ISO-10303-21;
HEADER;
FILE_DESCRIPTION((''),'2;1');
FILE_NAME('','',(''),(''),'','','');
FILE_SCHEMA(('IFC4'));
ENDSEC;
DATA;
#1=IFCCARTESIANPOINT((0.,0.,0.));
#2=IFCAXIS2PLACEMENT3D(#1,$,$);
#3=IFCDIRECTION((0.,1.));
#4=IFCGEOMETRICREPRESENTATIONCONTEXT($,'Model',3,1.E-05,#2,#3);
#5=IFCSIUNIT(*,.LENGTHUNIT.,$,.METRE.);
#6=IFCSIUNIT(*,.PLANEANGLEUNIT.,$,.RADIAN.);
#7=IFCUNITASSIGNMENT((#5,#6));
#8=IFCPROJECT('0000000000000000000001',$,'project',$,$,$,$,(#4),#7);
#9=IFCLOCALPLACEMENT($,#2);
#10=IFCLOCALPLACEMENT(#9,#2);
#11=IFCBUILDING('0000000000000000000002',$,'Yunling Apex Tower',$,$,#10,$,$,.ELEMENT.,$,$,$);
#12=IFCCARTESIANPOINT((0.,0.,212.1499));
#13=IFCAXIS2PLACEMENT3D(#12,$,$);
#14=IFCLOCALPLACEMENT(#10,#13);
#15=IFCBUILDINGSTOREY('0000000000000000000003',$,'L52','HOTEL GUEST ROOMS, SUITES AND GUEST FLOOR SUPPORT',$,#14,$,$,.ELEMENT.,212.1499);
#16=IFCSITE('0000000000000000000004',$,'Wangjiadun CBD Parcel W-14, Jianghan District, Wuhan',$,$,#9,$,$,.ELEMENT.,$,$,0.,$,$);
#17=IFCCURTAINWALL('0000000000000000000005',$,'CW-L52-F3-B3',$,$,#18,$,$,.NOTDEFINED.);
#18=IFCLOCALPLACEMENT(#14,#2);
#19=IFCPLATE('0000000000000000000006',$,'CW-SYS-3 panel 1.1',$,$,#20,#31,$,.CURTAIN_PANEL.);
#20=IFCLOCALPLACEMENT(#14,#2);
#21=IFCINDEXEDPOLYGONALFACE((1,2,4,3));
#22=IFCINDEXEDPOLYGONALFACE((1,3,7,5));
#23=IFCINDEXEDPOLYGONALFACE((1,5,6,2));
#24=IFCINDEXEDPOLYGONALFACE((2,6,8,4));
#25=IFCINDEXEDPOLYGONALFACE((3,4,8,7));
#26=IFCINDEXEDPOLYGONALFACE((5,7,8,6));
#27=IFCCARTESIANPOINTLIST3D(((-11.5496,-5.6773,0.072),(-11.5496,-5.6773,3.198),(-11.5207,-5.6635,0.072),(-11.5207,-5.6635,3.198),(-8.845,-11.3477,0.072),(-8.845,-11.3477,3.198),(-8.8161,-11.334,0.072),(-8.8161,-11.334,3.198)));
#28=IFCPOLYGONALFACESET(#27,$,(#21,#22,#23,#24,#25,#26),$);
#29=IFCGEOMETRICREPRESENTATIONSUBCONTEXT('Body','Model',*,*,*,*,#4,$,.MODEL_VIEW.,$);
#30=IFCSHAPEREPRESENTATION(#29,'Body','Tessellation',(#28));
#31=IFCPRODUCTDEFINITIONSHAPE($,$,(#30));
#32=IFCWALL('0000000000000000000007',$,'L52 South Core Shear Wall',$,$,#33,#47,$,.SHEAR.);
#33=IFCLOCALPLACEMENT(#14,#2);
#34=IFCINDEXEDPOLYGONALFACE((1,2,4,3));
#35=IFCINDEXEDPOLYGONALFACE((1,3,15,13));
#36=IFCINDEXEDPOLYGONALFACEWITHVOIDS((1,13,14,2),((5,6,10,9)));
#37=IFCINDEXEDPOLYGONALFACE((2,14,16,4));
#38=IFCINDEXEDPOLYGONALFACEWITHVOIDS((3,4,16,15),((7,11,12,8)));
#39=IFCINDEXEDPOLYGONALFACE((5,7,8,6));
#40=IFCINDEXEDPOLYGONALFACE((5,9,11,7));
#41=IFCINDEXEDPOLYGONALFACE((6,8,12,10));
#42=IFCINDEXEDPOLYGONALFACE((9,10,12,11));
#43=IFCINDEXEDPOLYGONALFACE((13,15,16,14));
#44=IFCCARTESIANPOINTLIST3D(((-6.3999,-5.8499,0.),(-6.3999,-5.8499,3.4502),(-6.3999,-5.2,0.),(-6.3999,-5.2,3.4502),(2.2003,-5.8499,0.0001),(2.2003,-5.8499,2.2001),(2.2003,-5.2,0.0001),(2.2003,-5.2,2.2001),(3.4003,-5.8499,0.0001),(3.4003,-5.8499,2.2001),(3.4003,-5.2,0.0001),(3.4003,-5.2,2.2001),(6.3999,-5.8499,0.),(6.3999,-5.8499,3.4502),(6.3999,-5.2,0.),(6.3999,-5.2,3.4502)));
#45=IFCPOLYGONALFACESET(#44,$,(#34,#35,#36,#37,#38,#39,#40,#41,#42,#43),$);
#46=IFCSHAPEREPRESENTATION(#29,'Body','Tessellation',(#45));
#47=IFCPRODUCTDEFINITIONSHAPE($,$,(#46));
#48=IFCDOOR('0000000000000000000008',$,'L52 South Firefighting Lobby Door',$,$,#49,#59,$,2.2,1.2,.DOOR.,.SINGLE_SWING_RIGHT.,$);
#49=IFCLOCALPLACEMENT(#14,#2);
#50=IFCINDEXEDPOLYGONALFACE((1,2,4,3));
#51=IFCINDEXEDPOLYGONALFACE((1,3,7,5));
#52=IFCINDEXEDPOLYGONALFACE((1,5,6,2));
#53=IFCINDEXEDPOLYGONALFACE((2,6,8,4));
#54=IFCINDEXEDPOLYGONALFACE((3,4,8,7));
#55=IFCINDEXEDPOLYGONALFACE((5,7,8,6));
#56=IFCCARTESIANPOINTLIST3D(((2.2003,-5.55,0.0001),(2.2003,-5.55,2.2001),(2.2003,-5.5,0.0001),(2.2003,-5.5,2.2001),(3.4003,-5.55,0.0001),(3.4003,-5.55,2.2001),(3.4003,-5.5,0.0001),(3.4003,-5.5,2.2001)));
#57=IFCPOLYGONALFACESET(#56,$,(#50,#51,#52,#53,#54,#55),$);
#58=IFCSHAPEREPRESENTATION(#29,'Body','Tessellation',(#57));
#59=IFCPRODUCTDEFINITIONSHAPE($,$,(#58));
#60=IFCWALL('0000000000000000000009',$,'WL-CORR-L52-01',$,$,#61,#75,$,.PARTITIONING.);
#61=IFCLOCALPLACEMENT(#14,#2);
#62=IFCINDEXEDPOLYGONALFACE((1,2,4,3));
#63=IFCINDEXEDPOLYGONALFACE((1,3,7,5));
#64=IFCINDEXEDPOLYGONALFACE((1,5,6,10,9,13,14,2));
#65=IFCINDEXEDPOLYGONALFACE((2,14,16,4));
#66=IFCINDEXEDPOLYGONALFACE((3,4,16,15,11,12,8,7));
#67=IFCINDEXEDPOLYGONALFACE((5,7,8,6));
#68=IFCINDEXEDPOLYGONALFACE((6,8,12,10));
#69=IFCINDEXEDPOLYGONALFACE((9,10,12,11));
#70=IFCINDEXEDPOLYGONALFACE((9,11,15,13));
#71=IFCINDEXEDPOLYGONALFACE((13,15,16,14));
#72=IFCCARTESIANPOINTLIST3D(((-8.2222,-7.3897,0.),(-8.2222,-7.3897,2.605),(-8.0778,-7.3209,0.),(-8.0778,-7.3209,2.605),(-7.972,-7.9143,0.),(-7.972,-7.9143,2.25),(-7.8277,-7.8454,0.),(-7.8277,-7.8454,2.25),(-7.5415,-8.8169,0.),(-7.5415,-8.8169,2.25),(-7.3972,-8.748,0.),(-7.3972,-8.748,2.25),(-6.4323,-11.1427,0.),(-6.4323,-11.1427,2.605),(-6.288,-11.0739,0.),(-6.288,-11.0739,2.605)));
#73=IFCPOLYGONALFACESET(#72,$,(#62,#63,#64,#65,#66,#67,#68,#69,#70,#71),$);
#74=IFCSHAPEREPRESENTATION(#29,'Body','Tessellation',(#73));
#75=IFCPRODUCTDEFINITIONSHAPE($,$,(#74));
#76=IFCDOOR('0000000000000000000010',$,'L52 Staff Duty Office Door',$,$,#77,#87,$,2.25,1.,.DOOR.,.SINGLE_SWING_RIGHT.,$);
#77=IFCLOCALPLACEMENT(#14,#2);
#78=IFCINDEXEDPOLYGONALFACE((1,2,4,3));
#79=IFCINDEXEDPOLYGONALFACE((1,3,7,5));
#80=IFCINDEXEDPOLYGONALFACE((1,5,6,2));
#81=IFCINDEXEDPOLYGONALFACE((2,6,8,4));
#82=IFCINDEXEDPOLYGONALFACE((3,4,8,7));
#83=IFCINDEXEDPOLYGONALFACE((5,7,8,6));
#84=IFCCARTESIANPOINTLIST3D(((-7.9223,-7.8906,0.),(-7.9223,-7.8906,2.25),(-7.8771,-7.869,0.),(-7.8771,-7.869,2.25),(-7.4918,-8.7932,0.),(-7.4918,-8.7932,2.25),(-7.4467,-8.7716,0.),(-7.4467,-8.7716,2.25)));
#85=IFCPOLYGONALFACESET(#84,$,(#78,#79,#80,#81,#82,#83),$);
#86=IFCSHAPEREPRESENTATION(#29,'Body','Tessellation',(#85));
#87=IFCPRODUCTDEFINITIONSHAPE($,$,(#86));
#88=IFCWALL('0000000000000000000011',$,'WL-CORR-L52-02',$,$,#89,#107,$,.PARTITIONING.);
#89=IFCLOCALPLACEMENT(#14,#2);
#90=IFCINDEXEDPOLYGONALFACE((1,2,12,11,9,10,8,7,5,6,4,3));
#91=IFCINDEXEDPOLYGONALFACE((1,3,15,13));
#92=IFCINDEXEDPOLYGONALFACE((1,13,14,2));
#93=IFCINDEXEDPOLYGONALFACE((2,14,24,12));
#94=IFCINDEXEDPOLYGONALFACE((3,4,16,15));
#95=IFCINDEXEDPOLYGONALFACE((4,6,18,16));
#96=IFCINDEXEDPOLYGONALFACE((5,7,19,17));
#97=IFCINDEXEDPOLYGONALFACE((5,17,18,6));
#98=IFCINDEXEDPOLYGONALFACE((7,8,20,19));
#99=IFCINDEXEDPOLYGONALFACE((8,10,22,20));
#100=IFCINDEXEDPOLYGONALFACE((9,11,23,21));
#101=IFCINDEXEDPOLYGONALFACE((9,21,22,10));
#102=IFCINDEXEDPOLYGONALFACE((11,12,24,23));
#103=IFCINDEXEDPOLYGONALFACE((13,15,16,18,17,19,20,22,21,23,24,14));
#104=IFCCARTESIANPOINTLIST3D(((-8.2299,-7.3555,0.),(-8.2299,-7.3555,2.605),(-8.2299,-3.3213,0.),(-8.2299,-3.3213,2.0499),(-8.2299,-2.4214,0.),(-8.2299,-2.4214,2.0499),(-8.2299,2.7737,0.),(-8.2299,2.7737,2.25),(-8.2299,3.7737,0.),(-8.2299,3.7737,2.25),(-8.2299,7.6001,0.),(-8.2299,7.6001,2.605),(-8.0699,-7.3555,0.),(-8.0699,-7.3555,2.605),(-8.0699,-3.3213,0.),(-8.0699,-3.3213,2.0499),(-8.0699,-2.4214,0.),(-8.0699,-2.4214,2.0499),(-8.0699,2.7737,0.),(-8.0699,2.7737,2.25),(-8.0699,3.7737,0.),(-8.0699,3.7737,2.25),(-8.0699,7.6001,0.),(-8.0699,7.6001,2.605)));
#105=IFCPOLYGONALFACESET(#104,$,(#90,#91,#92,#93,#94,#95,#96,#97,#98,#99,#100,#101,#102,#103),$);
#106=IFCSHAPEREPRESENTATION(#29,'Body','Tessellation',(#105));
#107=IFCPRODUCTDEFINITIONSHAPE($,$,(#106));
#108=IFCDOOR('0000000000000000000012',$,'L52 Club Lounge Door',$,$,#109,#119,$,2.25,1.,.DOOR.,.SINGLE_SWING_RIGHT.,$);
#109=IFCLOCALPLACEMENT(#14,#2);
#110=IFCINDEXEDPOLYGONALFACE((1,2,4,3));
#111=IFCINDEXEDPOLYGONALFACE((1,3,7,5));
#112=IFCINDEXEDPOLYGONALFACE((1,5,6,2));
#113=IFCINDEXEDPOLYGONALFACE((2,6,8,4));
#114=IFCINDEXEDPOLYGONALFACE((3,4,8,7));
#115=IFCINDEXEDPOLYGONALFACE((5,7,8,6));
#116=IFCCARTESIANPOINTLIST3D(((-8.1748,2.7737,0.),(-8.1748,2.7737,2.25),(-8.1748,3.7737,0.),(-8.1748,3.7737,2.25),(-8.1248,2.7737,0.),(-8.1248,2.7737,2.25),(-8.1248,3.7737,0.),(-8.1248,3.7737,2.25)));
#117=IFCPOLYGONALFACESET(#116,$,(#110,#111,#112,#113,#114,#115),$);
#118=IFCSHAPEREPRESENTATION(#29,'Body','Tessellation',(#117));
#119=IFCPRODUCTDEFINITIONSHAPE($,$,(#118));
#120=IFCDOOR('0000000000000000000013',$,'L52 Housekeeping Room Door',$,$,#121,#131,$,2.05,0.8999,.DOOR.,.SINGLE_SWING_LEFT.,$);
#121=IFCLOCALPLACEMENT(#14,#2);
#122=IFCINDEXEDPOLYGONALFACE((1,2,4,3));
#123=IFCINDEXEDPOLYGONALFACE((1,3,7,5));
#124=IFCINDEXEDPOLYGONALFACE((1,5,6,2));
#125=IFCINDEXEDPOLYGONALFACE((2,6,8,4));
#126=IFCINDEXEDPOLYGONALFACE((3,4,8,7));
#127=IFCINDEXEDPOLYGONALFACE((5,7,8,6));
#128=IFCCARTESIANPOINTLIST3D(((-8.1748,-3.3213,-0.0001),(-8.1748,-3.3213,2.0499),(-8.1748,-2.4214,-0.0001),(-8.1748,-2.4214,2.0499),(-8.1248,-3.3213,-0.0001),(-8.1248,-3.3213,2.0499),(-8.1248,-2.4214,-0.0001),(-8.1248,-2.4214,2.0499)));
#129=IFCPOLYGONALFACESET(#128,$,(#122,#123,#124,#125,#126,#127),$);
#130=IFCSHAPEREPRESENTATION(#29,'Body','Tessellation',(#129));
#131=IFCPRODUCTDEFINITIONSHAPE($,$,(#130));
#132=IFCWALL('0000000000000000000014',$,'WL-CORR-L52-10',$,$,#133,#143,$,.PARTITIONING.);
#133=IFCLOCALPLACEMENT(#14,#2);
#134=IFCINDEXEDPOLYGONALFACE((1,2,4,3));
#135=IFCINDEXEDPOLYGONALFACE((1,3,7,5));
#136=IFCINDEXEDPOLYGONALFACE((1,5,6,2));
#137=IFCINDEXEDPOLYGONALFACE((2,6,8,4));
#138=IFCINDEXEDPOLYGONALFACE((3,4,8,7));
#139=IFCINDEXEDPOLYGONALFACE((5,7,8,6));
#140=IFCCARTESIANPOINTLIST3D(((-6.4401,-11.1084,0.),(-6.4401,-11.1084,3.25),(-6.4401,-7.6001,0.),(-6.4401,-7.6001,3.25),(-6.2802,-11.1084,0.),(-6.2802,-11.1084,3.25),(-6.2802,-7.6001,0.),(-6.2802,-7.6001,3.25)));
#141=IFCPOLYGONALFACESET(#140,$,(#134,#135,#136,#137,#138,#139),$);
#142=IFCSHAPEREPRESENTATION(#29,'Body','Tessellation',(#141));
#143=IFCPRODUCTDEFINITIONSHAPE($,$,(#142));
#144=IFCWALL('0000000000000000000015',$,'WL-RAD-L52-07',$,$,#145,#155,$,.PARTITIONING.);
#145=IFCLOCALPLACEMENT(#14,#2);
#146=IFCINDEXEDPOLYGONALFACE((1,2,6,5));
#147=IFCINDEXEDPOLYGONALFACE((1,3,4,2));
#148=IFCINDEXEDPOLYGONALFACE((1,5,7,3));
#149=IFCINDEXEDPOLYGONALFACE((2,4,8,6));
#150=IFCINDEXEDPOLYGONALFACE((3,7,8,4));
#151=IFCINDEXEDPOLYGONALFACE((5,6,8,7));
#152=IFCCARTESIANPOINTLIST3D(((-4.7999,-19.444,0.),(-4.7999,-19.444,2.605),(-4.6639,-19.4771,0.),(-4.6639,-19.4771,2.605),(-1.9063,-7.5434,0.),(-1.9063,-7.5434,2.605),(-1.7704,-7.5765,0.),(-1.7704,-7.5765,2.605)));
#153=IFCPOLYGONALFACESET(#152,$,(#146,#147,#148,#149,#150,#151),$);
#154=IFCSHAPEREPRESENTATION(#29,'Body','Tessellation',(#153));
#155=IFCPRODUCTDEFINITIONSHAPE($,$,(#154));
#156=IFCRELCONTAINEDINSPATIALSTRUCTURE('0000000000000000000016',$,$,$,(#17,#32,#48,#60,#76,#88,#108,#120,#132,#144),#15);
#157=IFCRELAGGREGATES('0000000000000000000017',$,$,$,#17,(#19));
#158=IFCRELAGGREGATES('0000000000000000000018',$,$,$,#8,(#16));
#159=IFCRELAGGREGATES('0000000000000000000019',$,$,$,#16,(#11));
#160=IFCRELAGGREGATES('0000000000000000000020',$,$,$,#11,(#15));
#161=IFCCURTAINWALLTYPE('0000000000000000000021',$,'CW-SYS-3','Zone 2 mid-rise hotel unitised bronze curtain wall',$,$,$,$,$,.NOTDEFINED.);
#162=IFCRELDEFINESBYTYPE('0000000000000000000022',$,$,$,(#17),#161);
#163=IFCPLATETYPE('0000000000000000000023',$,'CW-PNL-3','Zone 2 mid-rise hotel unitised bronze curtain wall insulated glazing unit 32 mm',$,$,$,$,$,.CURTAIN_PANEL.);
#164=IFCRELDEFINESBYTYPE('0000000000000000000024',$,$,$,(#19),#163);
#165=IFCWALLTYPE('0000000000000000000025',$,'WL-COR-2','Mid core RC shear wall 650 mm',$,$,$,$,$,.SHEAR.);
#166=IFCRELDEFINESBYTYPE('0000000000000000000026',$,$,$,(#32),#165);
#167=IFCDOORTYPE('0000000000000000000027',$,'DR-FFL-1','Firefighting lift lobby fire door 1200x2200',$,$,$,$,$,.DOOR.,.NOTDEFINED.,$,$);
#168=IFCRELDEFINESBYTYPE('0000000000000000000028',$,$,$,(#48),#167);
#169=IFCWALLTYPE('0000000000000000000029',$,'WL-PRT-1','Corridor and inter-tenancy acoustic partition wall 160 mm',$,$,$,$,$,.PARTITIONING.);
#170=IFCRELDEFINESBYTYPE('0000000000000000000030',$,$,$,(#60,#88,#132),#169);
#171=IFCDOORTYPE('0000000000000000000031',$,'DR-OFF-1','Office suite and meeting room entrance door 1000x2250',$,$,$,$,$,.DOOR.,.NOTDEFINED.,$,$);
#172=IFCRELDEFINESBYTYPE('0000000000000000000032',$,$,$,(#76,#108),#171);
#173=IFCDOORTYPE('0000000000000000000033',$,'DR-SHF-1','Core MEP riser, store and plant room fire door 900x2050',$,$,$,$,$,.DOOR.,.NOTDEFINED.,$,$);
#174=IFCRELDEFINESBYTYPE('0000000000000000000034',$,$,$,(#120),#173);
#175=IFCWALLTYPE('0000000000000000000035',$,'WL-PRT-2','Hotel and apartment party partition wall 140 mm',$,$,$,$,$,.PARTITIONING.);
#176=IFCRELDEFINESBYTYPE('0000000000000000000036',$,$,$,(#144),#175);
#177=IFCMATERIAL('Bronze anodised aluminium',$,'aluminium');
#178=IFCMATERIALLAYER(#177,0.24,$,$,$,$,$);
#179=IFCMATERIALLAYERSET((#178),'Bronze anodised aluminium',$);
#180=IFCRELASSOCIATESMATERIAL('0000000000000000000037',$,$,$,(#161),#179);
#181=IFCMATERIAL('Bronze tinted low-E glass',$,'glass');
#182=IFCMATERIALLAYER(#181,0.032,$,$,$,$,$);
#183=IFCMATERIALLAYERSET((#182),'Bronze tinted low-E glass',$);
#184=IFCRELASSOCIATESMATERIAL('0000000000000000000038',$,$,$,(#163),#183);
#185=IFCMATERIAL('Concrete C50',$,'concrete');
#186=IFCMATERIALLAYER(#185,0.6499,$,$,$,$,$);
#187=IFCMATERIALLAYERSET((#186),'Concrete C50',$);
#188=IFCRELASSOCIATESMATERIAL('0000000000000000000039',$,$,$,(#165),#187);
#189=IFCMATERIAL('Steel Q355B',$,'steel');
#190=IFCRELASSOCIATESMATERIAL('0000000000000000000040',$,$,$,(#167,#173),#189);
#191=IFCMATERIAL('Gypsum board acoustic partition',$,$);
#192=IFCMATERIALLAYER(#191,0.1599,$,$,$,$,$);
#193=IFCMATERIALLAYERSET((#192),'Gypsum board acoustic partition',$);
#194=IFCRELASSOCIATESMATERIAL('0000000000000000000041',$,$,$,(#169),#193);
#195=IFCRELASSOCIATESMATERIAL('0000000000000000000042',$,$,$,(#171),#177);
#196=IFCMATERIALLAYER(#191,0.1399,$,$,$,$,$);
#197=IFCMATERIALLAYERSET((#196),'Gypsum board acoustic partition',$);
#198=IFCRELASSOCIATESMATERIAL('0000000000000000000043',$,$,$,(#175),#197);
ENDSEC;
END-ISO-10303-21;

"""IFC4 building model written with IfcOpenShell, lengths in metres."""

from ifc_helpers import new_model, si_unit, direction, frame, frame_2d, origin, origin_2d, place, context, subcontext, project, spatial, rectangle, extrude, source, transform, mapped, material, layer, layer_set, type_object, element, fill, aggregate, save


model = new_model("IFC4")

# Units and contexts
model_context = context("Model", 3, precision=1e-05, world=origin(), true_north=direction((0.0, 1.0)))
body_context = subcontext(model_context, "Body", "Model", "MODEL_VIEW")
ifc_project = project(units=[si_unit("LENGTHUNIT", "METRE"), si_unit("PLANEANGLEUNIT", "RADIAN")], contexts=[model_context])

# Site, building, storey
site_placement = place(None, origin())
site = spatial("IfcSite", under=ifc_project, at=site_placement, Name="Wangjiadun CBD Parcel W-14, Jianghan District, Wuhan", CompositionType="ELEMENT", RefElevation=0.0)
building_placement = place(site_placement, origin())
building = spatial("IfcBuilding", under=site, at=building_placement, Name="Yunling Apex Tower", CompositionType="ELEMENT")
storey_placement = place(building_placement, frame((0.0, 0.0, 212.1499)))
storey = spatial("IfcBuildingStorey", under=building, at=storey_placement, Name="L52", Description="HOTEL GUEST ROOMS, SUITES AND GUEST FLOOR SUPPORT", CompositionType="ELEMENT", Elevation=212.1499)

# Shared definitions
ifc_material_1 = material(Name="Steel Q355B", Category="steel")

# Curtain wall
ifc_material_2 = material(Name="Bronze anodised aluminium", Category="aluminium")
ifc_layer_1 = layer(ifc_material_2, 0.24)
ifc_layer_set_1 = layer_set([ifc_layer_1], Name="Bronze anodised aluminium")
curtain_wall_type = type_object("IfcCurtainWallType", Name="CW-SYS-3", Description="Zone 2 mid-rise hotel unitised bronze curtain wall", PredefinedType="NOTDEFINED", material=ifc_layer_set_1)
curtain_wall_1_placement = place(storey_placement, origin())
curtain_wall_1 = element("IfcCurtainWall", 1, at=curtain_wall_1_placement, inside=storey, type_object=curtain_wall_type, Name="CW-L52-F3-B3", PredefinedType="NOTDEFINED")

# Plate
ifc_material_3 = material(Name="Bronze tinted low-E glass", Category="glass")
ifc_layer_2 = layer(ifc_material_3, 0.032)
ifc_layer_set_2 = layer_set([ifc_layer_2], Name="Bronze tinted low-E glass")
plate_type = type_object("IfcPlateType", Name="CW-PNL-3", Description="Zone 2 mid-rise hotel unitised bronze curtain wall insulated glazing unit 32 mm", PredefinedType="CURTAIN_PANEL", material=ifc_layer_set_2)
shared_shape_1 = source(origin(), body_context, "Body", "SweptSolid", [
    extrude(rectangle(XDim=6.2825, YDim=0.032, at=origin_2d()), origin(), (0.0, 0.0, 1.0), 3.126),
])
plate_placement = place(storey_placement, frame((-10.1829, -8.5056, 0.072), z_axis=(0.0, 0.0, 1.0), x_axis=(0.430505, -0.902588, 0.0)))
plate = element("IfcPlate", 2, at=plate_placement, type_object=plate_type, Name="CW-SYS-3 panel 1.1", PredefinedType="CURTAIN_PANEL", context=body_context, shape_type="MappedRepresentation", body=[
    mapped(shared_shape_1, transform((0.0, 0.0, 0.0), scale=1.0)),
])
aggregate(curtain_wall_1, [plate])

# Walls, openings, doors
ifc_material_4 = material(Name="Concrete C50", Category="concrete")
ifc_layer_3 = layer(ifc_material_4, 0.6499)
ifc_layer_set_3 = layer_set([ifc_layer_3], Name="Concrete C50")
wall_type_1 = type_object("IfcWallType", Name="WL-COR-2", Description="Mid core RC shear wall 650 mm", PredefinedType="SHEAR", material=ifc_layer_set_3)
wall_1_placement = place(storey_placement, frame((-6.3999, -5.5249, 0.0), z_axis=(0.0, 0.0, 1.0), x_axis=(1.0, 0.0, 0.0)))
wall_1 = element("IfcWall", 3, at=wall_1_placement, inside=storey, type_object=wall_type_1, Name="L52 South Core Shear Wall", PredefinedType="SHEAR", context=body_context, shape_type="SweptSolid", body=[
    extrude(rectangle(XDim=12.7998, YDim=0.6499, at=frame_2d((6.3999, 0.0))), origin(), (0.0, 0.0, 1.0), 3.4502),
])
opening_1_placement = place(wall_1_placement, frame((8.6001, 0.0, 0.0)))
opening_1 = element("IfcOpeningElement", 4, at=opening_1_placement, cuts=wall_1, PredefinedType="OPENING", context=body_context, shape_type="SweptSolid", body=[
    extrude(rectangle(XDim=1.2, YDim=2.2, at=frame_2d((0.6001, 1.1001))), frame((0.0, 0.335, 0.0), z_axis=(0.0, -1.0, 0.0), x_axis=(1.0, 0.0, 0.0)), (0.0, 0.0, 1.0), 0.6699),
])
door_type_1 = type_object("IfcDoorType", Name="DR-FFL-1", Description="Firefighting lift lobby fire door 1200x2200", OperationType="NOTDEFINED", PredefinedType="DOOR", material=ifc_material_1)
door_1_placement = place(opening_1_placement, origin())
door_1 = element("IfcDoor", 5, at=door_1_placement, inside=storey, type_object=door_type_1, Name="L52 South Firefighting Lobby Door", OperationType="SINGLE_SWING_RIGHT", OverallHeight=2.2, OverallWidth=1.2, PredefinedType="DOOR", context=body_context, shape_type="SweptSolid", body=[
    extrude(rectangle(XDim=1.2, YDim=2.2, at=frame_2d((0.6001, 1.1001))), frame((0.0, 0.0249, 0.0), z_axis=(0.0, -1.0, 0.0), x_axis=(1.0, 0.0, 0.0)), (0.0, 0.0, 1.0), 0.05),
])
fill(opening_1, door_1)
ifc_material_5 = material(Name="Gypsum board acoustic partition")
ifc_layer_4 = layer(ifc_material_5, 0.1599)
ifc_layer_set_4 = layer_set([ifc_layer_4], Name="Gypsum board acoustic partition")
wall_type_2 = type_object("IfcWallType", Name="WL-PRT-1", Description="Corridor and inter-tenancy acoustic partition wall 160 mm", PredefinedType="PARTITIONING", material=ifc_layer_set_4)
wall_2_placement = place(storey_placement, frame((-6.3601, -11.1084, 0.0), z_axis=(0.0, 0.0, 1.0), x_axis=(-0.43046, 0.90261, 0.0)))
wall_2 = element("IfcWall", 6, at=wall_2_placement, inside=storey, type_object=wall_type_2, Name="WL-CORR-L52-01", PredefinedType="PARTITIONING", context=body_context, shape_type="SweptSolid", body=[
    extrude(rectangle(XDim=4.158, YDim=0.1599, at=frame_2d((2.0791, 0.0))), origin(), (0.0, 0.0, 1.0), 2.605),
])
opening_2_placement = place(wall_2_placement, frame((2.5769, 0.0, 0.0)))
opening_2 = element("IfcOpeningElement", 7, at=opening_2_placement, cuts=wall_2, PredefinedType="OPENING", context=body_context, shape_type="SweptSolid", body=[
    extrude(rectangle(XDim=1.0, YDim=2.25, at=frame_2d((0.5, 1.125))), frame((0.0, 0.0898, 0.0), z_axis=(0.0, -1.0, 0.0), x_axis=(1.0, 0.0, 0.0)), (0.0, 0.0, 1.0), 0.1799),
])
door_type_2 = type_object("IfcDoorType", Name="DR-OFF-1", Description="Office suite and meeting room entrance door 1000x2250", OperationType="NOTDEFINED", PredefinedType="DOOR", material=ifc_material_2)
door_2_placement = place(opening_2_placement, origin())
door_2 = element("IfcDoor", 8, at=door_2_placement, inside=storey, type_object=door_type_2, Name="L52 Staff Duty Office Door", OperationType="SINGLE_SWING_RIGHT", OverallHeight=2.25, OverallWidth=1.0, PredefinedType="DOOR", context=body_context, shape_type="SweptSolid", body=[
    extrude(rectangle(XDim=1.0, YDim=2.25, at=frame_2d((0.5, 1.125))), frame((0.0, 0.0249, 0.0), z_axis=(0.0, -1.0, 0.0), x_axis=(1.0, 0.0, 0.0)), (0.0, 0.0, 1.0), 0.05),
])
fill(opening_2, door_2)

# Wall, openings, doors
wall_3_placement = place(storey_placement, frame((-8.1499, -7.3555, 0.0), z_axis=(0.0, 0.0, 1.0), x_axis=(0.0, 1.0, 0.0)))
wall_3 = element("IfcWall", 9, at=wall_3_placement, inside=storey, type_object=wall_type_2, Name="WL-CORR-L52-02", PredefinedType="PARTITIONING", context=body_context, shape_type="SweptSolid", body=[
    extrude(rectangle(XDim=14.9556, YDim=0.1599, at=frame_2d((7.4778, 0.0))), origin(), (0.0, 0.0, 1.0), 2.605),
])
opening_3_placement = place(wall_3_placement, frame((4.0342, 0.0, 0.0)))
opening_3 = element("IfcOpeningElement", 10, at=opening_3_placement, cuts=wall_3, PredefinedType="OPENING", context=body_context, shape_type="SweptSolid", body=[
    extrude(rectangle(XDim=0.8999, YDim=2.05, at=frame_2d((0.45, 1.0249))), frame((0.0, 0.0898, 0.0), z_axis=(0.0, -1.0, 0.0), x_axis=(1.0, 0.0, 0.0)), (0.0, 0.0, 1.0), 0.1799),
])
opening_4_placement = place(wall_3_placement, frame((10.1292, 0.0, 0.0)))
opening_4 = element("IfcOpeningElement", 11, at=opening_4_placement, cuts=wall_3, PredefinedType="OPENING", context=body_context, shape_type="SweptSolid", body=[
    extrude(rectangle(XDim=1.0, YDim=2.25, at=frame_2d((0.5, 1.125))), frame((0.0, 0.0898, 0.0), z_axis=(0.0, -1.0, 0.0), x_axis=(1.0, 0.0, 0.0)), (0.0, 0.0, 1.0), 0.1799),
])
door_3_placement = place(opening_4_placement, origin())
door_3 = element("IfcDoor", 12, at=door_3_placement, inside=storey, type_object=door_type_2, Name="L52 Club Lounge Door", OperationType="SINGLE_SWING_RIGHT", OverallHeight=2.25, OverallWidth=1.0, PredefinedType="DOOR", context=body_context, shape_type="SweptSolid", body=[
    extrude(rectangle(XDim=1.0, YDim=2.25, at=frame_2d((0.5, 1.125))), frame((0.0, 0.0249, 0.0), z_axis=(0.0, -1.0, 0.0), x_axis=(1.0, 0.0, 0.0)), (0.0, 0.0, 1.0), 0.05),
])
fill(opening_4, door_3)
door_type_3 = type_object("IfcDoorType", Name="DR-SHF-1", Description="Core MEP riser, store and plant room fire door 900x2050", OperationType="NOTDEFINED", PredefinedType="DOOR", material=ifc_material_1)
door_4_placement = place(opening_3_placement, origin())
door_4 = element("IfcDoor", 13, at=door_4_placement, inside=storey, type_object=door_type_3, Name="L52 Housekeeping Room Door", OperationType="SINGLE_SWING_LEFT", OverallHeight=2.05, OverallWidth=0.8999, PredefinedType="DOOR", context=body_context, shape_type="SweptSolid", body=[
    extrude(rectangle(XDim=0.8999, YDim=2.05, at=frame_2d((0.45, 1.0249))), frame((0.0, 0.0249, 0.0), z_axis=(0.0, -1.0, 0.0), x_axis=(1.0, 0.0, 0.0)), (0.0, 0.0, 1.0), 0.05),
])
fill(opening_3, door_4)

# Walls
wall_4_placement = place(storey_placement, frame((-6.3601, -7.6001, 0.0), z_axis=(0.0, 0.0, 1.0), x_axis=(0.0, -1.0, 0.0)))
element("IfcWall", 14, at=wall_4_placement, inside=storey, type_object=wall_type_2, Name="WL-CORR-L52-10", PredefinedType="PARTITIONING", context=body_context, shape_type="SweptSolid", body=[
    extrude(rectangle(XDim=3.5083, YDim=0.1599, at=frame_2d((1.7542, 0.0))), origin(), (0.0, 0.0, 1.0), 3.25),
])
ifc_layer_5 = layer(ifc_material_5, 0.1399)
ifc_layer_set_5 = layer_set([ifc_layer_5], Name="Gypsum board acoustic partition")
wall_type_3 = type_object("IfcWallType", Name="WL-PRT-2", Description="Hotel and apartment party partition wall 140 mm", PredefinedType="PARTITIONING", material=ifc_layer_set_5)
wall_5_placement = place(storey_placement, frame((-1.8384, -7.5601, 0.0), z_axis=(0.0, 0.0, 1.0), x_axis=(-0.23626, -0.97169, 0.0)))
element("IfcWall", 15, at=wall_5_placement, inside=storey, type_object=wall_type_3, Name="WL-RAD-L52-07", PredefinedType="PARTITIONING", context=body_context, shape_type="SweptSolid", body=[
    extrude(rectangle(XDim=12.2473, YDim=0.1399, at=frame_2d((6.1235, 0.0))), origin(), (0.0, 0.0, 1.0), 2.605),
])

save(model, "model.ifc")
